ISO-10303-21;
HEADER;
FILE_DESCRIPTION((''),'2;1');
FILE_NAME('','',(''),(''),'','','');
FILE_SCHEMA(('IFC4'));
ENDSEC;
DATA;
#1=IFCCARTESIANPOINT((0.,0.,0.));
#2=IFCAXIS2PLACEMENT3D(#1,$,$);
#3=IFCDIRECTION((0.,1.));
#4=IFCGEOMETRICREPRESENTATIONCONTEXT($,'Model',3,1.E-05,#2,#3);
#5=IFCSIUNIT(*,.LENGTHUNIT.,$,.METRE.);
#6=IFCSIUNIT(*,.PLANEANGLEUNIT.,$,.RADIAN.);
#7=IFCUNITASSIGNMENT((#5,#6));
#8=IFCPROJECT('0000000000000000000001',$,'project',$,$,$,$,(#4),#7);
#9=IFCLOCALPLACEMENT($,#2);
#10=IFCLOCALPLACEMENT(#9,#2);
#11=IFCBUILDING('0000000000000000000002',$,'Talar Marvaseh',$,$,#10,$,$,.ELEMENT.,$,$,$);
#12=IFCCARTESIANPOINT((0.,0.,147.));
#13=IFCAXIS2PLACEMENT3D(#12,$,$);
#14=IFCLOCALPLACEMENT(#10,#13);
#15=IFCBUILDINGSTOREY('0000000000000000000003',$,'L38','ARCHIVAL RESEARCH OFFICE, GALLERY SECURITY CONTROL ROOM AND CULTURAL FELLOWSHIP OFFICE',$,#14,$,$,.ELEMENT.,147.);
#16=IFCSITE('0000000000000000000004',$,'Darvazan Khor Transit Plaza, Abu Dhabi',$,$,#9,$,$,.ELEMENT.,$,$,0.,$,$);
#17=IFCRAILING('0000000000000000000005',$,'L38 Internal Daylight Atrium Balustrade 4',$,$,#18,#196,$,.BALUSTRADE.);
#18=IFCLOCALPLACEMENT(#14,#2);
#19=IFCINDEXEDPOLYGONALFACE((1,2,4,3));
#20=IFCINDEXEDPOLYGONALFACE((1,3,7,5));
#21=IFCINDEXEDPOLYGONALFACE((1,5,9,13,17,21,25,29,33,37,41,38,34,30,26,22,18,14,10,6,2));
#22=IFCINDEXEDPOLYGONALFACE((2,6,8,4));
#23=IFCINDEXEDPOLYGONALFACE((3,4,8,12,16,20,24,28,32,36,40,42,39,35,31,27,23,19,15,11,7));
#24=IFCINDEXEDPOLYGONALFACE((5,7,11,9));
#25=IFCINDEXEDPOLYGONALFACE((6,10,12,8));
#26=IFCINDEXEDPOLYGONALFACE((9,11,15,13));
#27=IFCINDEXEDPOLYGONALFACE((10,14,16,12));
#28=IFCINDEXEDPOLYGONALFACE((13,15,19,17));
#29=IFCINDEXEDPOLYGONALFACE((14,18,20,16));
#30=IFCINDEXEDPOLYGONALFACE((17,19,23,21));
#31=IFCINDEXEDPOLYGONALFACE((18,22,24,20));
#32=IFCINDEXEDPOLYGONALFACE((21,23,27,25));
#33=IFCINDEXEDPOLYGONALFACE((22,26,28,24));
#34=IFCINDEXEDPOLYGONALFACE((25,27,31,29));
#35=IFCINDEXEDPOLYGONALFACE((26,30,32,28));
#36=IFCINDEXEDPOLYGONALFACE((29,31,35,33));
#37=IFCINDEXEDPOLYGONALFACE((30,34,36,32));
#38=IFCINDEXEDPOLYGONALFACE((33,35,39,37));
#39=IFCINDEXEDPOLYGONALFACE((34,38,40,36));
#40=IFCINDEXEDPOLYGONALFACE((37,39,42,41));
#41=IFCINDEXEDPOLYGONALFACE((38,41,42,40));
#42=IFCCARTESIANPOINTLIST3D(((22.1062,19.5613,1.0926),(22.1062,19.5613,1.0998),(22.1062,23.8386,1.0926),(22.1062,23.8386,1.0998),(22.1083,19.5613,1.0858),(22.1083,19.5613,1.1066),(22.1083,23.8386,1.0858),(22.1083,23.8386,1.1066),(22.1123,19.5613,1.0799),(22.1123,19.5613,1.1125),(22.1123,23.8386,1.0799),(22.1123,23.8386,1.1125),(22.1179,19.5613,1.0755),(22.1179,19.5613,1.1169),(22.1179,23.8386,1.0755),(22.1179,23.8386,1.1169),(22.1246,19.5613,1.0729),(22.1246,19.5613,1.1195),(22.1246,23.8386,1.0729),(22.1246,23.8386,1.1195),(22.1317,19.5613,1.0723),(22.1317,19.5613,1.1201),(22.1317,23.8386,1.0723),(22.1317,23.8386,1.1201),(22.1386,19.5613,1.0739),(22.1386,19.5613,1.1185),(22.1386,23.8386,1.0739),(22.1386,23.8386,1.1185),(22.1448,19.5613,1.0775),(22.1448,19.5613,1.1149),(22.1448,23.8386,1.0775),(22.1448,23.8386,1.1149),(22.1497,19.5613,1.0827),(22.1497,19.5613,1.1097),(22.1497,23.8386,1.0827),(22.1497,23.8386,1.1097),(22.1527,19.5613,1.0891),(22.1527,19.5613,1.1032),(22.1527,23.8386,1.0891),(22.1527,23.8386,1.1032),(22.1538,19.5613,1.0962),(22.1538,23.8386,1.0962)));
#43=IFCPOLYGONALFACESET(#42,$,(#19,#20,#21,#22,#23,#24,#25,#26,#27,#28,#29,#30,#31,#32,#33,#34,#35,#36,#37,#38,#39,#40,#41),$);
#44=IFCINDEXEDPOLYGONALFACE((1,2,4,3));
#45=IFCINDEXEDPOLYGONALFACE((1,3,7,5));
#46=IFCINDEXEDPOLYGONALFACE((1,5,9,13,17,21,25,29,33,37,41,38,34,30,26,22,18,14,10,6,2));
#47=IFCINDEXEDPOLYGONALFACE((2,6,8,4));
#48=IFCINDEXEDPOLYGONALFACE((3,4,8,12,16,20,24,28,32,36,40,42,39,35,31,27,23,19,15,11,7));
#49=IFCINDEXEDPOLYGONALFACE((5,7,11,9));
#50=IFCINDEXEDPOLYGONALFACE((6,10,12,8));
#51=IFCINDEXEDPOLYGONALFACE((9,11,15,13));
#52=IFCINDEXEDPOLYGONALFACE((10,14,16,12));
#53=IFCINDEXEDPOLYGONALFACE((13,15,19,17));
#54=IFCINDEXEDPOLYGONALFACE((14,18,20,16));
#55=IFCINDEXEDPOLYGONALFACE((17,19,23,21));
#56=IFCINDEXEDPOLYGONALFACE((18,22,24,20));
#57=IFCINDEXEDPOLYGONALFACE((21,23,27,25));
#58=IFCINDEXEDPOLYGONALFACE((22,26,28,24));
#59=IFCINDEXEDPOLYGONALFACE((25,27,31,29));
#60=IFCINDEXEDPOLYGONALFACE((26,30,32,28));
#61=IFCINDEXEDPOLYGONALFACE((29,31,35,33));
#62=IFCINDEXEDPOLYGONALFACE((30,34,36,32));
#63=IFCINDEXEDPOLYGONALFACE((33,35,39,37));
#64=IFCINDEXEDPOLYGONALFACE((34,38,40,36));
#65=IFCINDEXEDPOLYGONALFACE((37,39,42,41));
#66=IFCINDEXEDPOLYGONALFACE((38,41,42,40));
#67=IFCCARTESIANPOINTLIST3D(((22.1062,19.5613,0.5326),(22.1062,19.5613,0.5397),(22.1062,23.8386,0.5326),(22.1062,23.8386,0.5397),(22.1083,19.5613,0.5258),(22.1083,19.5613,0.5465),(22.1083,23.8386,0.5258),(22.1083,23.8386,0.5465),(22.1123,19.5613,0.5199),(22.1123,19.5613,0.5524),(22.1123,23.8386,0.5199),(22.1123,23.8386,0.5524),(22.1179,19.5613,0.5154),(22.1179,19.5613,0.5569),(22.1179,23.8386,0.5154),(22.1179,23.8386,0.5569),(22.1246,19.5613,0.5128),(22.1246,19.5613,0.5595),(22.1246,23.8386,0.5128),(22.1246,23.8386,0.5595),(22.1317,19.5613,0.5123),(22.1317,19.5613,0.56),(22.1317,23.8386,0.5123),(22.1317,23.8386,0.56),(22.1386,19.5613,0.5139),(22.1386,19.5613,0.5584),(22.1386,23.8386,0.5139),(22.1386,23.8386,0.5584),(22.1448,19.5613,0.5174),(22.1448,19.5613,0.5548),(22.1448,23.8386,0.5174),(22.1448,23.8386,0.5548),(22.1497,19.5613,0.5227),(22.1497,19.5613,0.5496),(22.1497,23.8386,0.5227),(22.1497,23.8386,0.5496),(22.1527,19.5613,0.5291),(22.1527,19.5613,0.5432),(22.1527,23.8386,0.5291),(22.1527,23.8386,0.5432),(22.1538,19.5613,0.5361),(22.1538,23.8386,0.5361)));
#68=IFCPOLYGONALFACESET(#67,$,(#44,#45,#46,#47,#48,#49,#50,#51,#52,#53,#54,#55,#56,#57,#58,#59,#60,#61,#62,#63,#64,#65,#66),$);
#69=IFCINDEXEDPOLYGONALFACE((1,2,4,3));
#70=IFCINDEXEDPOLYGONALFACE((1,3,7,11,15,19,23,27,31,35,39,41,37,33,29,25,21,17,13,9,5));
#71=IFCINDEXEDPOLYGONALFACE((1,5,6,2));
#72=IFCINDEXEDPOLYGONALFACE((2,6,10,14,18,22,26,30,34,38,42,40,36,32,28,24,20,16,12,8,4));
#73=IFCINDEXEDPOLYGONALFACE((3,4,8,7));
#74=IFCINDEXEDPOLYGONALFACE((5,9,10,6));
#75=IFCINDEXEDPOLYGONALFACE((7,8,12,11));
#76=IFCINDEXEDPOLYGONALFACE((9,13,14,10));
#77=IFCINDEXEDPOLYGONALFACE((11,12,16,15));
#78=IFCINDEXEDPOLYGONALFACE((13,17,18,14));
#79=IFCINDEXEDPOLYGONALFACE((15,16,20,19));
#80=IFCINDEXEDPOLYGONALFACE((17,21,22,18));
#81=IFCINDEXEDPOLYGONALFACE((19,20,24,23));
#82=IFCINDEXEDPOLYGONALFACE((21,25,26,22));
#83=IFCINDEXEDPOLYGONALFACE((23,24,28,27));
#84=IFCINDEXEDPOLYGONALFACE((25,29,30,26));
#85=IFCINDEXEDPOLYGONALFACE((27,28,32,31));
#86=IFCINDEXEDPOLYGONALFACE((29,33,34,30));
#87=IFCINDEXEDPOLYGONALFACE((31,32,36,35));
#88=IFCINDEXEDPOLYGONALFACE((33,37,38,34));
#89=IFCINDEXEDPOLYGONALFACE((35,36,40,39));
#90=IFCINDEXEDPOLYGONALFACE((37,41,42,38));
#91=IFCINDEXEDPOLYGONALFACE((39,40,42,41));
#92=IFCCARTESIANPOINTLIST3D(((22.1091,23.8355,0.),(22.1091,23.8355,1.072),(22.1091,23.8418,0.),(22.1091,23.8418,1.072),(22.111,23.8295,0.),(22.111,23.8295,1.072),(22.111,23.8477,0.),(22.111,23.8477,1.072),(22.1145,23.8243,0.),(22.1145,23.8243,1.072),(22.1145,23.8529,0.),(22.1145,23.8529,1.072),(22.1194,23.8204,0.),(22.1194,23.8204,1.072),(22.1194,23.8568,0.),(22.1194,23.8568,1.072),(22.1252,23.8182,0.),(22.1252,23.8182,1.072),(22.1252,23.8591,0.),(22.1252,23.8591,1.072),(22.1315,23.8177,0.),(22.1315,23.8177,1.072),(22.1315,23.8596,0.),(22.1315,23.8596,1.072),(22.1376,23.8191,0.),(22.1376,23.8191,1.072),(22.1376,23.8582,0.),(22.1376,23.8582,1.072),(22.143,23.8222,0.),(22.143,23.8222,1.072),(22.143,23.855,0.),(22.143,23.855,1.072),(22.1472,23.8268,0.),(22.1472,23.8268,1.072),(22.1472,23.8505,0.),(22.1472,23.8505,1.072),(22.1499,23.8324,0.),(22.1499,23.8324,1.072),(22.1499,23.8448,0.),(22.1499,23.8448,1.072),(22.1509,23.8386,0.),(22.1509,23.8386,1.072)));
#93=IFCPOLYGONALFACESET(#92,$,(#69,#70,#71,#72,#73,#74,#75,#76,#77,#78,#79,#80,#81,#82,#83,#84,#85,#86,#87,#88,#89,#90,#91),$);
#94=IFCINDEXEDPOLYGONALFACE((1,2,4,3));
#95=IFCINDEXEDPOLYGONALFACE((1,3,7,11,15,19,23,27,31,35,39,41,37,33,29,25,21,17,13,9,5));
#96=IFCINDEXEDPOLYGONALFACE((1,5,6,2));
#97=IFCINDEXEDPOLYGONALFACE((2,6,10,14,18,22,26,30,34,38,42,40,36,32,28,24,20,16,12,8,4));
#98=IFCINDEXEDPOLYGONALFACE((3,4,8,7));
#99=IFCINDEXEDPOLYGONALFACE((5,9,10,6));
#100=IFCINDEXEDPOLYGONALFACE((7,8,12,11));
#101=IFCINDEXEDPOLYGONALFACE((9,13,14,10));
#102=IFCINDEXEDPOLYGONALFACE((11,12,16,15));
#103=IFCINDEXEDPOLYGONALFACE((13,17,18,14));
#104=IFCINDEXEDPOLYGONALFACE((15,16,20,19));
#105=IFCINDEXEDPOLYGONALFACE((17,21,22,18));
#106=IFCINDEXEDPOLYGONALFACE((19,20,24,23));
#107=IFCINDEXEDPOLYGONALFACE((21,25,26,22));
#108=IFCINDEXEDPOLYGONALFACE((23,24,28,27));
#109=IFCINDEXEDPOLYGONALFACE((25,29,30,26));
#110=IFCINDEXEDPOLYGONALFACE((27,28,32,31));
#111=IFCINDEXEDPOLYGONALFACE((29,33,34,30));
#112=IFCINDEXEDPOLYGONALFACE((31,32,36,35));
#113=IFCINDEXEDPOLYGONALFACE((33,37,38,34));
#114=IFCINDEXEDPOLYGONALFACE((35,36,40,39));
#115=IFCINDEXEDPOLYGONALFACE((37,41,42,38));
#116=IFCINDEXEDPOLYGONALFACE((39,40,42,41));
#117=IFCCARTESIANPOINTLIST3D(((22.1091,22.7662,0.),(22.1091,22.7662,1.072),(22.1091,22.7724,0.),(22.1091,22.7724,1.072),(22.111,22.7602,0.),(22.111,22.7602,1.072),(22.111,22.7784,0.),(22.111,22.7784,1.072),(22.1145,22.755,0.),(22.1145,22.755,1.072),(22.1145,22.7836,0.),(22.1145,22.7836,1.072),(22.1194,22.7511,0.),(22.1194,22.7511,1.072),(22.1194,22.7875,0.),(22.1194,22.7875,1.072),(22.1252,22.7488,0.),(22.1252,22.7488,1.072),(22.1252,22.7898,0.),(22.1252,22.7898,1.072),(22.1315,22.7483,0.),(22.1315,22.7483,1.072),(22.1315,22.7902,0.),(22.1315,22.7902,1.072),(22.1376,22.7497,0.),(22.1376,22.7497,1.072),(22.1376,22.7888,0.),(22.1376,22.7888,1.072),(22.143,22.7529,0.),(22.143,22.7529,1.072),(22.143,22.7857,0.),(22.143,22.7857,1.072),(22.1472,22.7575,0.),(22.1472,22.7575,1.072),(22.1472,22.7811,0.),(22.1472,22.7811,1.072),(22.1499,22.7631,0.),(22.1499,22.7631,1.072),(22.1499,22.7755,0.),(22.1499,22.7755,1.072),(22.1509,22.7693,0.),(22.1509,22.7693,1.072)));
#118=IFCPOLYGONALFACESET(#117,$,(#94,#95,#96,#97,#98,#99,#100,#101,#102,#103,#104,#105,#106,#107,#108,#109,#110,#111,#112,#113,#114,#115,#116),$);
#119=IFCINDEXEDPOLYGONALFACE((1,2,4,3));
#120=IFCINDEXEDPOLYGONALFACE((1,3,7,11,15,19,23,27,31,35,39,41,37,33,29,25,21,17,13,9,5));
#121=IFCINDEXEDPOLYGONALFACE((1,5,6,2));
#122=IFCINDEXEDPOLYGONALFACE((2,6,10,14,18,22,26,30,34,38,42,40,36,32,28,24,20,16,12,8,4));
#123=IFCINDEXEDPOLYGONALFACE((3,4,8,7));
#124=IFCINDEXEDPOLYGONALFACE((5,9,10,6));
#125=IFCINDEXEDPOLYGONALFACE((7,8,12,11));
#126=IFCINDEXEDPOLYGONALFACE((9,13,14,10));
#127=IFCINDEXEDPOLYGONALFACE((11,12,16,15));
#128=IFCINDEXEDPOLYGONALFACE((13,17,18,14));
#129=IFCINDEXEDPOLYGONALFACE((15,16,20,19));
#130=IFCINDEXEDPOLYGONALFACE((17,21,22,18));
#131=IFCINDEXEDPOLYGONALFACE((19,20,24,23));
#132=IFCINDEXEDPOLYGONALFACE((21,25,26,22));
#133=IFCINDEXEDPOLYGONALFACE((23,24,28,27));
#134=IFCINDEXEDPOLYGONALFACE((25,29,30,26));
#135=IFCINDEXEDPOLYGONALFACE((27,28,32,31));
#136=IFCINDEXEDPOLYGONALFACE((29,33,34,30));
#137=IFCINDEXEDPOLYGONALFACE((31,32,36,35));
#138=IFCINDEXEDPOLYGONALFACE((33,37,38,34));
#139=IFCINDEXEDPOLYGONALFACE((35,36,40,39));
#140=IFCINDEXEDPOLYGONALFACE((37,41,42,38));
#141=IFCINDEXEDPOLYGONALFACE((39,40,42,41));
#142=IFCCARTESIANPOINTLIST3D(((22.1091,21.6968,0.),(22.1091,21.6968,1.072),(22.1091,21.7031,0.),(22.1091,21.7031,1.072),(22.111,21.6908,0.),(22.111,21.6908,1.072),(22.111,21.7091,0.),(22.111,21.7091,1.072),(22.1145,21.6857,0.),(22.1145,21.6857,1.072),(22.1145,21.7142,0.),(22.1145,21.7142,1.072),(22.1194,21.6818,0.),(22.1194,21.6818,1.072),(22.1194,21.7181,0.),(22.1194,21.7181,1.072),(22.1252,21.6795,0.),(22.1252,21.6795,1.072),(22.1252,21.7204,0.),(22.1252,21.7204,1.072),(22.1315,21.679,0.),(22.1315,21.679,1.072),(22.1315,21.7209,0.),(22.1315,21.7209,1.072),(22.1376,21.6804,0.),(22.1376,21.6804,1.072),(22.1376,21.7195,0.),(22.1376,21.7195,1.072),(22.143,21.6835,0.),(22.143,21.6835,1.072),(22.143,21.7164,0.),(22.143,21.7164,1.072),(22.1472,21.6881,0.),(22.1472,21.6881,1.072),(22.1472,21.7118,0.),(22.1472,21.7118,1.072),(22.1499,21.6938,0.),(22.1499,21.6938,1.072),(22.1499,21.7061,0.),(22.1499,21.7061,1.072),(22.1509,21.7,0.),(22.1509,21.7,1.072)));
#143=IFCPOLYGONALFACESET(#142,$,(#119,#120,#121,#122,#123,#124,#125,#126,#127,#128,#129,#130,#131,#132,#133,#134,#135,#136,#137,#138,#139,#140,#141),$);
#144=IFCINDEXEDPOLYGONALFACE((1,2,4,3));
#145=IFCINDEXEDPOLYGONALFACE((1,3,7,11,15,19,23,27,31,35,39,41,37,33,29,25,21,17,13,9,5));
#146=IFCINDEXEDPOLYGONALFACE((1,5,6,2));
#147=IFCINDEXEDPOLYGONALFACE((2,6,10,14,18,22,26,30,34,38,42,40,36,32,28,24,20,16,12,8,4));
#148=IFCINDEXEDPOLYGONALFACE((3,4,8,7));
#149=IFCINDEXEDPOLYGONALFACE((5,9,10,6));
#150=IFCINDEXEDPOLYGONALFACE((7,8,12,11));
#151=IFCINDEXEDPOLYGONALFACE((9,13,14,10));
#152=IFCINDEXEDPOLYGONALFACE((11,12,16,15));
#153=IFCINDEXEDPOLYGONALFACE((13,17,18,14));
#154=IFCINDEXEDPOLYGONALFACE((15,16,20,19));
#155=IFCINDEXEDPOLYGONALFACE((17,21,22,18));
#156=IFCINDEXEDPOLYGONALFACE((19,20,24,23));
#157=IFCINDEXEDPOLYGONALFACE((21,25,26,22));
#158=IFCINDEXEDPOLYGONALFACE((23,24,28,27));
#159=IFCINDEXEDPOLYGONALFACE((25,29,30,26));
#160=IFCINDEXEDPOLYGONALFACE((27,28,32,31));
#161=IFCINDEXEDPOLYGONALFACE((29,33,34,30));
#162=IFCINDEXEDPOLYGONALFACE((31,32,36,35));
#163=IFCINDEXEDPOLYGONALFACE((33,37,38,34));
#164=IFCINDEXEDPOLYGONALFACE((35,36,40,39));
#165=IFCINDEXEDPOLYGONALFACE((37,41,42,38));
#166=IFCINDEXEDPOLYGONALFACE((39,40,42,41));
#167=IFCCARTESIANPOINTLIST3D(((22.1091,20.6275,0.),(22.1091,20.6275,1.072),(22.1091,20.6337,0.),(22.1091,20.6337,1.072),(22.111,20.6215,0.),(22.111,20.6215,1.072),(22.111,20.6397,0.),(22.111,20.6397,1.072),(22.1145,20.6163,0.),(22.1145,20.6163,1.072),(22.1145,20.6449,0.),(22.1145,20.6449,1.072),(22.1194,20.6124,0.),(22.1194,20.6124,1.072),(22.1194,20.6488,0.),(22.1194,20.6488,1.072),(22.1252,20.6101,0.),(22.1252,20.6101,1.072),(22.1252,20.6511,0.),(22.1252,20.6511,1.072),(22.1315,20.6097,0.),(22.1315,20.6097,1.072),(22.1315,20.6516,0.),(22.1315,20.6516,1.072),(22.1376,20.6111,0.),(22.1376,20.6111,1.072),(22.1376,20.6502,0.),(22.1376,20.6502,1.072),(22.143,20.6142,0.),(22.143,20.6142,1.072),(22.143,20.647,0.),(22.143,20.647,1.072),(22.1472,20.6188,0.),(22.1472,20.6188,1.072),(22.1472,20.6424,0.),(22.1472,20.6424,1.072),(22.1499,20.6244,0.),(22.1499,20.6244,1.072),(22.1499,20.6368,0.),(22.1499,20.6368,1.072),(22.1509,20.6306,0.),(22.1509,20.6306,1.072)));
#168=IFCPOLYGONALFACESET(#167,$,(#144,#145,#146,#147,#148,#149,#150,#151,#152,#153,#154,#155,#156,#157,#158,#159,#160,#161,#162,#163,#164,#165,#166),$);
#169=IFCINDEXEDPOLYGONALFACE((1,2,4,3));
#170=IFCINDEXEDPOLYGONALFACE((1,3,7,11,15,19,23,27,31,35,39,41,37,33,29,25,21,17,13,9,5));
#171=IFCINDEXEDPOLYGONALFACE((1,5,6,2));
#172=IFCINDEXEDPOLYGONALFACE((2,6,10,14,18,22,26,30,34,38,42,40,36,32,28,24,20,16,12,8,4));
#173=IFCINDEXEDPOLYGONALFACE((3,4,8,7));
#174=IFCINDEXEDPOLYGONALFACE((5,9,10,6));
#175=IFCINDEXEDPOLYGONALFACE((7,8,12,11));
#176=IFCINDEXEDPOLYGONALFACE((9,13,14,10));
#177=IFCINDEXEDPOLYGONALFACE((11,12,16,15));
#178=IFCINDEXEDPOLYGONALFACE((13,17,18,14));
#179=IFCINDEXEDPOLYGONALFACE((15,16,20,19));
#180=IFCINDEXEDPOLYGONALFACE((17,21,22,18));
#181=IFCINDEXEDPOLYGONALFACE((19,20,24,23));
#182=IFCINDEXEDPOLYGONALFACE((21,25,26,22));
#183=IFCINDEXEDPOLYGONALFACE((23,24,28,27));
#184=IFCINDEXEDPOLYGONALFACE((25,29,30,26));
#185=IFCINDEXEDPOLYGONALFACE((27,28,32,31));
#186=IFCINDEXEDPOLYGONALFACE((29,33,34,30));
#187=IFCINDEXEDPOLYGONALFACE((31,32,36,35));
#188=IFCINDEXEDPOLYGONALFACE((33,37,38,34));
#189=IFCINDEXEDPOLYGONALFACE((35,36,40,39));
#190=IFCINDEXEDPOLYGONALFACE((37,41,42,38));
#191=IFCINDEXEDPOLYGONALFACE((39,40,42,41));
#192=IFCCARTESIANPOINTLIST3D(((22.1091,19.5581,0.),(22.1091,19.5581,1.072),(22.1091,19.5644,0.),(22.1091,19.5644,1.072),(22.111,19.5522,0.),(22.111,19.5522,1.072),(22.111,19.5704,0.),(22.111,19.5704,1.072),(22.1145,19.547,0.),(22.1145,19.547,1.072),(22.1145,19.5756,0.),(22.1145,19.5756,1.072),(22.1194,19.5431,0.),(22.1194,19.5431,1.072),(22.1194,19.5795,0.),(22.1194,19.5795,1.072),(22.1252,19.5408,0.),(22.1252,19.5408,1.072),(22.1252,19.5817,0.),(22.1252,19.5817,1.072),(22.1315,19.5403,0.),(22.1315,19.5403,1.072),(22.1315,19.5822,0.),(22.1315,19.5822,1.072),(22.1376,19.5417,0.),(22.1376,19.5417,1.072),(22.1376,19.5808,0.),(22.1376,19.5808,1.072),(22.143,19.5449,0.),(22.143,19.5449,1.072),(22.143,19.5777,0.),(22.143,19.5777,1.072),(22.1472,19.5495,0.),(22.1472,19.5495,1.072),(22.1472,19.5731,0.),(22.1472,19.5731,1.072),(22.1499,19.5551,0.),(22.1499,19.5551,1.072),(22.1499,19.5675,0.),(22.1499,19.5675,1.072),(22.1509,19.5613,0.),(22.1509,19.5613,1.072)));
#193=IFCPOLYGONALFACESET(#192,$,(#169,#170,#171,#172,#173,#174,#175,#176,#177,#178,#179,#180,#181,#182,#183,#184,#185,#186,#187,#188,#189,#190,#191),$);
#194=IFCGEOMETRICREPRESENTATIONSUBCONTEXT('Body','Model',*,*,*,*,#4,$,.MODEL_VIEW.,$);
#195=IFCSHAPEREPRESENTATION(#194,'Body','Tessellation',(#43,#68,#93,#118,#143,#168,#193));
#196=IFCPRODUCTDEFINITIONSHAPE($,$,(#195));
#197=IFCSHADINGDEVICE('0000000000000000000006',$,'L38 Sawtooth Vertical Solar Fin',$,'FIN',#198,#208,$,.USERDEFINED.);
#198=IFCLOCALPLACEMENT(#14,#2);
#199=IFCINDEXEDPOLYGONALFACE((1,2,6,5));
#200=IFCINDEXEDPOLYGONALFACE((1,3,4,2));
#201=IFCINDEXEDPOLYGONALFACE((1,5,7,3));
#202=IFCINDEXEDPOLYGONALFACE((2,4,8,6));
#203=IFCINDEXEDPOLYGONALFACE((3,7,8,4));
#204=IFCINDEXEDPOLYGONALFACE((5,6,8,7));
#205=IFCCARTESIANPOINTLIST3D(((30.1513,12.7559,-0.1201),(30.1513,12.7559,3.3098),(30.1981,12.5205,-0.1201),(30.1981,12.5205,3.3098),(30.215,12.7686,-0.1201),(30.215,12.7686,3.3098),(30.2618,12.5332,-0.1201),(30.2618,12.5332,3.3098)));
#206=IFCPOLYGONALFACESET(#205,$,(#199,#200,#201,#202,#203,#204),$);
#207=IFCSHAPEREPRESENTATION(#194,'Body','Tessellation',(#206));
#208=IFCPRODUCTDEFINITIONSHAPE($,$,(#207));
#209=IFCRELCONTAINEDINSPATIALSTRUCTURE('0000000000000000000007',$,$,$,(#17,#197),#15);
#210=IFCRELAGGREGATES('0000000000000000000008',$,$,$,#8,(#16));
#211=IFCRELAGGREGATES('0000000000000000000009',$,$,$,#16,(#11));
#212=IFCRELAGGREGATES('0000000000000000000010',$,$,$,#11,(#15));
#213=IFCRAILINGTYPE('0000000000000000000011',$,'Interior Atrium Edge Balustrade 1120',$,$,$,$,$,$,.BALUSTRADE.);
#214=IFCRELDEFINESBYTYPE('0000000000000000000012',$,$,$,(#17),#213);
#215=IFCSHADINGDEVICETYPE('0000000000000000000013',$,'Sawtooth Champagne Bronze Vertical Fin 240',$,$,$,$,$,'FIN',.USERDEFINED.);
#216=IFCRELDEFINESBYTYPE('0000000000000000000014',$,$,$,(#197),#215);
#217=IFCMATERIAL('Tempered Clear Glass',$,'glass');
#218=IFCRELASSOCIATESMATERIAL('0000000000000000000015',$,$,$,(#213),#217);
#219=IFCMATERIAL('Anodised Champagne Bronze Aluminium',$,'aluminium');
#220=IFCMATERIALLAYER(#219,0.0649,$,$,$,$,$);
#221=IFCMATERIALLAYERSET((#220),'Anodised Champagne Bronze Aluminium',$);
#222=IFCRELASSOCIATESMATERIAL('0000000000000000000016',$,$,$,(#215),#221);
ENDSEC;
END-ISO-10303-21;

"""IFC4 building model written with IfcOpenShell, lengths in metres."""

from ifc_helpers import new_model, si_unit, direction, frame, origin, origin_2d, place, context, subcontext, project, spatial, rectangle, circle, extrude, source, transform, mapped, material, layer, layer_set, type_object, type_shapes, element, save


model = new_model("IFC4")

# Units and contexts
model_context = context("Model", 3, precision=1e-05, world=origin(), true_north=direction((0.0, 1.0)))
body_context = subcontext(model_context, "Body", "Model", "MODEL_VIEW")
ifc_project = project(units=[si_unit("LENGTHUNIT", "METRE"), si_unit("PLANEANGLEUNIT", "RADIAN")], contexts=[model_context])

# Site, building, storey
site_placement = place(None, origin())
site = spatial("IfcSite", under=ifc_project, at=site_placement, Name="Darvazan Khor Transit Plaza, Abu Dhabi", CompositionType="ELEMENT", RefElevation=0.0)
building_placement = place(site_placement, origin())
building = spatial("IfcBuilding", under=site, at=building_placement, Name="Talar Marvaseh", CompositionType="ELEMENT")
storey_placement = place(building_placement, frame((0.0, 0.0, 147.0)))
storey = spatial("IfcBuildingStorey", under=building, at=storey_placement, Name="L38", Description="ARCHIVAL RESEARCH OFFICE, GALLERY SECURITY CONTROL ROOM AND CULTURAL FELLOWSHIP OFFICE", CompositionType="ELEMENT", Elevation=147.0)

# Railing
ifc_material_1 = material(Name="Tempered Clear Glass", Category="glass")
railing_type_1 = type_object("IfcRailingType", Name="Interior Atrium Edge Balustrade 1120", PredefinedType="BALUSTRADE", material=ifc_material_1)
railing_1_placement = place(storey_placement, frame((22.1299, 23.8386, 0.0)))
element("IfcRailing", 1, at=railing_1_placement, inside=storey, type_object=railing_type_1, Name="L38 Internal Daylight Atrium Balustrade 4", PredefinedType="BALUSTRADE", context=body_context, shape_type="SweptSolid", body=[
    extrude(circle(Radius=0.0239, at=origin_2d()), frame((0.0, 0.0, 1.0962), z_axis=(0.0, -1.0, 0.0), x_axis=(1.0, 0.0, 0.0)), (0.0, 0.0, 1.0), 4.2773),
    extrude(circle(Radius=0.0239, at=origin_2d()), frame((0.0, 0.0, 0.5361), z_axis=(0.0, -1.0, 0.0), x_axis=(1.0, 0.0, 0.0)), (0.0, 0.0, 1.0), 4.2773),
    extrude(circle(Radius=0.021, at=origin_2d()), origin(), (0.0, 0.0, 1.0), 1.072),
    extrude(circle(Radius=0.021, at=origin_2d()), frame((0.0, -1.0693, 0.0)), (0.0, 0.0, 1.0), 1.072),
    extrude(circle(Radius=0.021, at=origin_2d()), frame((0.0, -2.1387, 0.0)), (0.0, 0.0, 1.0), 1.072),
    extrude(circle(Radius=0.021, at=origin_2d()), frame((0.0, -3.208, 0.0)), (0.0, 0.0, 1.0), 1.072),
    extrude(circle(Radius=0.021, at=origin_2d()), frame((0.0, -4.2773, 0.0)), (0.0, 0.0, 1.0), 1.072),
])

# Shading device
ifc_material_2 = material(Name="Anodised Champagne Bronze Aluminium", Category="aluminium")
ifc_layer_1 = layer(ifc_material_2, 0.0649)
ifc_layer_set_1 = layer_set([ifc_layer_1], Name="Anodised Champagne Bronze Aluminium")
shading_device_type = type_object("IfcShadingDeviceType", Name="Sawtooth Champagne Bronze Vertical Fin 240", ElementType="FIN", PredefinedType="USERDEFINED", material=ifc_layer_set_1)
shared_shape_1 = source(origin(), body_context, "Body", "SweptSolid", [
    extrude(rectangle(XDim=0.24, YDim=0.0649, at=origin_2d()), origin(), (0.0, 0.0, 1.0), 3.4299),
])
type_shapes(shading_device_type, [shared_shape_1])
shading_device_placement = place(storey_placement, frame((30.2065, 12.6445, -0.1201), z_axis=(0.0, 0.0, 1.0), x_axis=(0.195261, -0.980751, 0.0)))
element("IfcShadingDevice", 2, at=shading_device_placement, inside=storey, type_object=shading_device_type, Name="L38 Sawtooth Vertical Solar Fin", ObjectType="FIN", PredefinedType="USERDEFINED", context=body_context, shape_type="MappedRepresentation", body=[
    mapped(shared_shape_1, transform((0.0, 0.0, 0.0), x_axis=(1.0, 0.0, 0.0), y_axis=(0.0, 1.0, 0.0), z_axis=(0.0, 0.0, 1.0), scale=1.0)),
])

save(model, "model.ifc")
